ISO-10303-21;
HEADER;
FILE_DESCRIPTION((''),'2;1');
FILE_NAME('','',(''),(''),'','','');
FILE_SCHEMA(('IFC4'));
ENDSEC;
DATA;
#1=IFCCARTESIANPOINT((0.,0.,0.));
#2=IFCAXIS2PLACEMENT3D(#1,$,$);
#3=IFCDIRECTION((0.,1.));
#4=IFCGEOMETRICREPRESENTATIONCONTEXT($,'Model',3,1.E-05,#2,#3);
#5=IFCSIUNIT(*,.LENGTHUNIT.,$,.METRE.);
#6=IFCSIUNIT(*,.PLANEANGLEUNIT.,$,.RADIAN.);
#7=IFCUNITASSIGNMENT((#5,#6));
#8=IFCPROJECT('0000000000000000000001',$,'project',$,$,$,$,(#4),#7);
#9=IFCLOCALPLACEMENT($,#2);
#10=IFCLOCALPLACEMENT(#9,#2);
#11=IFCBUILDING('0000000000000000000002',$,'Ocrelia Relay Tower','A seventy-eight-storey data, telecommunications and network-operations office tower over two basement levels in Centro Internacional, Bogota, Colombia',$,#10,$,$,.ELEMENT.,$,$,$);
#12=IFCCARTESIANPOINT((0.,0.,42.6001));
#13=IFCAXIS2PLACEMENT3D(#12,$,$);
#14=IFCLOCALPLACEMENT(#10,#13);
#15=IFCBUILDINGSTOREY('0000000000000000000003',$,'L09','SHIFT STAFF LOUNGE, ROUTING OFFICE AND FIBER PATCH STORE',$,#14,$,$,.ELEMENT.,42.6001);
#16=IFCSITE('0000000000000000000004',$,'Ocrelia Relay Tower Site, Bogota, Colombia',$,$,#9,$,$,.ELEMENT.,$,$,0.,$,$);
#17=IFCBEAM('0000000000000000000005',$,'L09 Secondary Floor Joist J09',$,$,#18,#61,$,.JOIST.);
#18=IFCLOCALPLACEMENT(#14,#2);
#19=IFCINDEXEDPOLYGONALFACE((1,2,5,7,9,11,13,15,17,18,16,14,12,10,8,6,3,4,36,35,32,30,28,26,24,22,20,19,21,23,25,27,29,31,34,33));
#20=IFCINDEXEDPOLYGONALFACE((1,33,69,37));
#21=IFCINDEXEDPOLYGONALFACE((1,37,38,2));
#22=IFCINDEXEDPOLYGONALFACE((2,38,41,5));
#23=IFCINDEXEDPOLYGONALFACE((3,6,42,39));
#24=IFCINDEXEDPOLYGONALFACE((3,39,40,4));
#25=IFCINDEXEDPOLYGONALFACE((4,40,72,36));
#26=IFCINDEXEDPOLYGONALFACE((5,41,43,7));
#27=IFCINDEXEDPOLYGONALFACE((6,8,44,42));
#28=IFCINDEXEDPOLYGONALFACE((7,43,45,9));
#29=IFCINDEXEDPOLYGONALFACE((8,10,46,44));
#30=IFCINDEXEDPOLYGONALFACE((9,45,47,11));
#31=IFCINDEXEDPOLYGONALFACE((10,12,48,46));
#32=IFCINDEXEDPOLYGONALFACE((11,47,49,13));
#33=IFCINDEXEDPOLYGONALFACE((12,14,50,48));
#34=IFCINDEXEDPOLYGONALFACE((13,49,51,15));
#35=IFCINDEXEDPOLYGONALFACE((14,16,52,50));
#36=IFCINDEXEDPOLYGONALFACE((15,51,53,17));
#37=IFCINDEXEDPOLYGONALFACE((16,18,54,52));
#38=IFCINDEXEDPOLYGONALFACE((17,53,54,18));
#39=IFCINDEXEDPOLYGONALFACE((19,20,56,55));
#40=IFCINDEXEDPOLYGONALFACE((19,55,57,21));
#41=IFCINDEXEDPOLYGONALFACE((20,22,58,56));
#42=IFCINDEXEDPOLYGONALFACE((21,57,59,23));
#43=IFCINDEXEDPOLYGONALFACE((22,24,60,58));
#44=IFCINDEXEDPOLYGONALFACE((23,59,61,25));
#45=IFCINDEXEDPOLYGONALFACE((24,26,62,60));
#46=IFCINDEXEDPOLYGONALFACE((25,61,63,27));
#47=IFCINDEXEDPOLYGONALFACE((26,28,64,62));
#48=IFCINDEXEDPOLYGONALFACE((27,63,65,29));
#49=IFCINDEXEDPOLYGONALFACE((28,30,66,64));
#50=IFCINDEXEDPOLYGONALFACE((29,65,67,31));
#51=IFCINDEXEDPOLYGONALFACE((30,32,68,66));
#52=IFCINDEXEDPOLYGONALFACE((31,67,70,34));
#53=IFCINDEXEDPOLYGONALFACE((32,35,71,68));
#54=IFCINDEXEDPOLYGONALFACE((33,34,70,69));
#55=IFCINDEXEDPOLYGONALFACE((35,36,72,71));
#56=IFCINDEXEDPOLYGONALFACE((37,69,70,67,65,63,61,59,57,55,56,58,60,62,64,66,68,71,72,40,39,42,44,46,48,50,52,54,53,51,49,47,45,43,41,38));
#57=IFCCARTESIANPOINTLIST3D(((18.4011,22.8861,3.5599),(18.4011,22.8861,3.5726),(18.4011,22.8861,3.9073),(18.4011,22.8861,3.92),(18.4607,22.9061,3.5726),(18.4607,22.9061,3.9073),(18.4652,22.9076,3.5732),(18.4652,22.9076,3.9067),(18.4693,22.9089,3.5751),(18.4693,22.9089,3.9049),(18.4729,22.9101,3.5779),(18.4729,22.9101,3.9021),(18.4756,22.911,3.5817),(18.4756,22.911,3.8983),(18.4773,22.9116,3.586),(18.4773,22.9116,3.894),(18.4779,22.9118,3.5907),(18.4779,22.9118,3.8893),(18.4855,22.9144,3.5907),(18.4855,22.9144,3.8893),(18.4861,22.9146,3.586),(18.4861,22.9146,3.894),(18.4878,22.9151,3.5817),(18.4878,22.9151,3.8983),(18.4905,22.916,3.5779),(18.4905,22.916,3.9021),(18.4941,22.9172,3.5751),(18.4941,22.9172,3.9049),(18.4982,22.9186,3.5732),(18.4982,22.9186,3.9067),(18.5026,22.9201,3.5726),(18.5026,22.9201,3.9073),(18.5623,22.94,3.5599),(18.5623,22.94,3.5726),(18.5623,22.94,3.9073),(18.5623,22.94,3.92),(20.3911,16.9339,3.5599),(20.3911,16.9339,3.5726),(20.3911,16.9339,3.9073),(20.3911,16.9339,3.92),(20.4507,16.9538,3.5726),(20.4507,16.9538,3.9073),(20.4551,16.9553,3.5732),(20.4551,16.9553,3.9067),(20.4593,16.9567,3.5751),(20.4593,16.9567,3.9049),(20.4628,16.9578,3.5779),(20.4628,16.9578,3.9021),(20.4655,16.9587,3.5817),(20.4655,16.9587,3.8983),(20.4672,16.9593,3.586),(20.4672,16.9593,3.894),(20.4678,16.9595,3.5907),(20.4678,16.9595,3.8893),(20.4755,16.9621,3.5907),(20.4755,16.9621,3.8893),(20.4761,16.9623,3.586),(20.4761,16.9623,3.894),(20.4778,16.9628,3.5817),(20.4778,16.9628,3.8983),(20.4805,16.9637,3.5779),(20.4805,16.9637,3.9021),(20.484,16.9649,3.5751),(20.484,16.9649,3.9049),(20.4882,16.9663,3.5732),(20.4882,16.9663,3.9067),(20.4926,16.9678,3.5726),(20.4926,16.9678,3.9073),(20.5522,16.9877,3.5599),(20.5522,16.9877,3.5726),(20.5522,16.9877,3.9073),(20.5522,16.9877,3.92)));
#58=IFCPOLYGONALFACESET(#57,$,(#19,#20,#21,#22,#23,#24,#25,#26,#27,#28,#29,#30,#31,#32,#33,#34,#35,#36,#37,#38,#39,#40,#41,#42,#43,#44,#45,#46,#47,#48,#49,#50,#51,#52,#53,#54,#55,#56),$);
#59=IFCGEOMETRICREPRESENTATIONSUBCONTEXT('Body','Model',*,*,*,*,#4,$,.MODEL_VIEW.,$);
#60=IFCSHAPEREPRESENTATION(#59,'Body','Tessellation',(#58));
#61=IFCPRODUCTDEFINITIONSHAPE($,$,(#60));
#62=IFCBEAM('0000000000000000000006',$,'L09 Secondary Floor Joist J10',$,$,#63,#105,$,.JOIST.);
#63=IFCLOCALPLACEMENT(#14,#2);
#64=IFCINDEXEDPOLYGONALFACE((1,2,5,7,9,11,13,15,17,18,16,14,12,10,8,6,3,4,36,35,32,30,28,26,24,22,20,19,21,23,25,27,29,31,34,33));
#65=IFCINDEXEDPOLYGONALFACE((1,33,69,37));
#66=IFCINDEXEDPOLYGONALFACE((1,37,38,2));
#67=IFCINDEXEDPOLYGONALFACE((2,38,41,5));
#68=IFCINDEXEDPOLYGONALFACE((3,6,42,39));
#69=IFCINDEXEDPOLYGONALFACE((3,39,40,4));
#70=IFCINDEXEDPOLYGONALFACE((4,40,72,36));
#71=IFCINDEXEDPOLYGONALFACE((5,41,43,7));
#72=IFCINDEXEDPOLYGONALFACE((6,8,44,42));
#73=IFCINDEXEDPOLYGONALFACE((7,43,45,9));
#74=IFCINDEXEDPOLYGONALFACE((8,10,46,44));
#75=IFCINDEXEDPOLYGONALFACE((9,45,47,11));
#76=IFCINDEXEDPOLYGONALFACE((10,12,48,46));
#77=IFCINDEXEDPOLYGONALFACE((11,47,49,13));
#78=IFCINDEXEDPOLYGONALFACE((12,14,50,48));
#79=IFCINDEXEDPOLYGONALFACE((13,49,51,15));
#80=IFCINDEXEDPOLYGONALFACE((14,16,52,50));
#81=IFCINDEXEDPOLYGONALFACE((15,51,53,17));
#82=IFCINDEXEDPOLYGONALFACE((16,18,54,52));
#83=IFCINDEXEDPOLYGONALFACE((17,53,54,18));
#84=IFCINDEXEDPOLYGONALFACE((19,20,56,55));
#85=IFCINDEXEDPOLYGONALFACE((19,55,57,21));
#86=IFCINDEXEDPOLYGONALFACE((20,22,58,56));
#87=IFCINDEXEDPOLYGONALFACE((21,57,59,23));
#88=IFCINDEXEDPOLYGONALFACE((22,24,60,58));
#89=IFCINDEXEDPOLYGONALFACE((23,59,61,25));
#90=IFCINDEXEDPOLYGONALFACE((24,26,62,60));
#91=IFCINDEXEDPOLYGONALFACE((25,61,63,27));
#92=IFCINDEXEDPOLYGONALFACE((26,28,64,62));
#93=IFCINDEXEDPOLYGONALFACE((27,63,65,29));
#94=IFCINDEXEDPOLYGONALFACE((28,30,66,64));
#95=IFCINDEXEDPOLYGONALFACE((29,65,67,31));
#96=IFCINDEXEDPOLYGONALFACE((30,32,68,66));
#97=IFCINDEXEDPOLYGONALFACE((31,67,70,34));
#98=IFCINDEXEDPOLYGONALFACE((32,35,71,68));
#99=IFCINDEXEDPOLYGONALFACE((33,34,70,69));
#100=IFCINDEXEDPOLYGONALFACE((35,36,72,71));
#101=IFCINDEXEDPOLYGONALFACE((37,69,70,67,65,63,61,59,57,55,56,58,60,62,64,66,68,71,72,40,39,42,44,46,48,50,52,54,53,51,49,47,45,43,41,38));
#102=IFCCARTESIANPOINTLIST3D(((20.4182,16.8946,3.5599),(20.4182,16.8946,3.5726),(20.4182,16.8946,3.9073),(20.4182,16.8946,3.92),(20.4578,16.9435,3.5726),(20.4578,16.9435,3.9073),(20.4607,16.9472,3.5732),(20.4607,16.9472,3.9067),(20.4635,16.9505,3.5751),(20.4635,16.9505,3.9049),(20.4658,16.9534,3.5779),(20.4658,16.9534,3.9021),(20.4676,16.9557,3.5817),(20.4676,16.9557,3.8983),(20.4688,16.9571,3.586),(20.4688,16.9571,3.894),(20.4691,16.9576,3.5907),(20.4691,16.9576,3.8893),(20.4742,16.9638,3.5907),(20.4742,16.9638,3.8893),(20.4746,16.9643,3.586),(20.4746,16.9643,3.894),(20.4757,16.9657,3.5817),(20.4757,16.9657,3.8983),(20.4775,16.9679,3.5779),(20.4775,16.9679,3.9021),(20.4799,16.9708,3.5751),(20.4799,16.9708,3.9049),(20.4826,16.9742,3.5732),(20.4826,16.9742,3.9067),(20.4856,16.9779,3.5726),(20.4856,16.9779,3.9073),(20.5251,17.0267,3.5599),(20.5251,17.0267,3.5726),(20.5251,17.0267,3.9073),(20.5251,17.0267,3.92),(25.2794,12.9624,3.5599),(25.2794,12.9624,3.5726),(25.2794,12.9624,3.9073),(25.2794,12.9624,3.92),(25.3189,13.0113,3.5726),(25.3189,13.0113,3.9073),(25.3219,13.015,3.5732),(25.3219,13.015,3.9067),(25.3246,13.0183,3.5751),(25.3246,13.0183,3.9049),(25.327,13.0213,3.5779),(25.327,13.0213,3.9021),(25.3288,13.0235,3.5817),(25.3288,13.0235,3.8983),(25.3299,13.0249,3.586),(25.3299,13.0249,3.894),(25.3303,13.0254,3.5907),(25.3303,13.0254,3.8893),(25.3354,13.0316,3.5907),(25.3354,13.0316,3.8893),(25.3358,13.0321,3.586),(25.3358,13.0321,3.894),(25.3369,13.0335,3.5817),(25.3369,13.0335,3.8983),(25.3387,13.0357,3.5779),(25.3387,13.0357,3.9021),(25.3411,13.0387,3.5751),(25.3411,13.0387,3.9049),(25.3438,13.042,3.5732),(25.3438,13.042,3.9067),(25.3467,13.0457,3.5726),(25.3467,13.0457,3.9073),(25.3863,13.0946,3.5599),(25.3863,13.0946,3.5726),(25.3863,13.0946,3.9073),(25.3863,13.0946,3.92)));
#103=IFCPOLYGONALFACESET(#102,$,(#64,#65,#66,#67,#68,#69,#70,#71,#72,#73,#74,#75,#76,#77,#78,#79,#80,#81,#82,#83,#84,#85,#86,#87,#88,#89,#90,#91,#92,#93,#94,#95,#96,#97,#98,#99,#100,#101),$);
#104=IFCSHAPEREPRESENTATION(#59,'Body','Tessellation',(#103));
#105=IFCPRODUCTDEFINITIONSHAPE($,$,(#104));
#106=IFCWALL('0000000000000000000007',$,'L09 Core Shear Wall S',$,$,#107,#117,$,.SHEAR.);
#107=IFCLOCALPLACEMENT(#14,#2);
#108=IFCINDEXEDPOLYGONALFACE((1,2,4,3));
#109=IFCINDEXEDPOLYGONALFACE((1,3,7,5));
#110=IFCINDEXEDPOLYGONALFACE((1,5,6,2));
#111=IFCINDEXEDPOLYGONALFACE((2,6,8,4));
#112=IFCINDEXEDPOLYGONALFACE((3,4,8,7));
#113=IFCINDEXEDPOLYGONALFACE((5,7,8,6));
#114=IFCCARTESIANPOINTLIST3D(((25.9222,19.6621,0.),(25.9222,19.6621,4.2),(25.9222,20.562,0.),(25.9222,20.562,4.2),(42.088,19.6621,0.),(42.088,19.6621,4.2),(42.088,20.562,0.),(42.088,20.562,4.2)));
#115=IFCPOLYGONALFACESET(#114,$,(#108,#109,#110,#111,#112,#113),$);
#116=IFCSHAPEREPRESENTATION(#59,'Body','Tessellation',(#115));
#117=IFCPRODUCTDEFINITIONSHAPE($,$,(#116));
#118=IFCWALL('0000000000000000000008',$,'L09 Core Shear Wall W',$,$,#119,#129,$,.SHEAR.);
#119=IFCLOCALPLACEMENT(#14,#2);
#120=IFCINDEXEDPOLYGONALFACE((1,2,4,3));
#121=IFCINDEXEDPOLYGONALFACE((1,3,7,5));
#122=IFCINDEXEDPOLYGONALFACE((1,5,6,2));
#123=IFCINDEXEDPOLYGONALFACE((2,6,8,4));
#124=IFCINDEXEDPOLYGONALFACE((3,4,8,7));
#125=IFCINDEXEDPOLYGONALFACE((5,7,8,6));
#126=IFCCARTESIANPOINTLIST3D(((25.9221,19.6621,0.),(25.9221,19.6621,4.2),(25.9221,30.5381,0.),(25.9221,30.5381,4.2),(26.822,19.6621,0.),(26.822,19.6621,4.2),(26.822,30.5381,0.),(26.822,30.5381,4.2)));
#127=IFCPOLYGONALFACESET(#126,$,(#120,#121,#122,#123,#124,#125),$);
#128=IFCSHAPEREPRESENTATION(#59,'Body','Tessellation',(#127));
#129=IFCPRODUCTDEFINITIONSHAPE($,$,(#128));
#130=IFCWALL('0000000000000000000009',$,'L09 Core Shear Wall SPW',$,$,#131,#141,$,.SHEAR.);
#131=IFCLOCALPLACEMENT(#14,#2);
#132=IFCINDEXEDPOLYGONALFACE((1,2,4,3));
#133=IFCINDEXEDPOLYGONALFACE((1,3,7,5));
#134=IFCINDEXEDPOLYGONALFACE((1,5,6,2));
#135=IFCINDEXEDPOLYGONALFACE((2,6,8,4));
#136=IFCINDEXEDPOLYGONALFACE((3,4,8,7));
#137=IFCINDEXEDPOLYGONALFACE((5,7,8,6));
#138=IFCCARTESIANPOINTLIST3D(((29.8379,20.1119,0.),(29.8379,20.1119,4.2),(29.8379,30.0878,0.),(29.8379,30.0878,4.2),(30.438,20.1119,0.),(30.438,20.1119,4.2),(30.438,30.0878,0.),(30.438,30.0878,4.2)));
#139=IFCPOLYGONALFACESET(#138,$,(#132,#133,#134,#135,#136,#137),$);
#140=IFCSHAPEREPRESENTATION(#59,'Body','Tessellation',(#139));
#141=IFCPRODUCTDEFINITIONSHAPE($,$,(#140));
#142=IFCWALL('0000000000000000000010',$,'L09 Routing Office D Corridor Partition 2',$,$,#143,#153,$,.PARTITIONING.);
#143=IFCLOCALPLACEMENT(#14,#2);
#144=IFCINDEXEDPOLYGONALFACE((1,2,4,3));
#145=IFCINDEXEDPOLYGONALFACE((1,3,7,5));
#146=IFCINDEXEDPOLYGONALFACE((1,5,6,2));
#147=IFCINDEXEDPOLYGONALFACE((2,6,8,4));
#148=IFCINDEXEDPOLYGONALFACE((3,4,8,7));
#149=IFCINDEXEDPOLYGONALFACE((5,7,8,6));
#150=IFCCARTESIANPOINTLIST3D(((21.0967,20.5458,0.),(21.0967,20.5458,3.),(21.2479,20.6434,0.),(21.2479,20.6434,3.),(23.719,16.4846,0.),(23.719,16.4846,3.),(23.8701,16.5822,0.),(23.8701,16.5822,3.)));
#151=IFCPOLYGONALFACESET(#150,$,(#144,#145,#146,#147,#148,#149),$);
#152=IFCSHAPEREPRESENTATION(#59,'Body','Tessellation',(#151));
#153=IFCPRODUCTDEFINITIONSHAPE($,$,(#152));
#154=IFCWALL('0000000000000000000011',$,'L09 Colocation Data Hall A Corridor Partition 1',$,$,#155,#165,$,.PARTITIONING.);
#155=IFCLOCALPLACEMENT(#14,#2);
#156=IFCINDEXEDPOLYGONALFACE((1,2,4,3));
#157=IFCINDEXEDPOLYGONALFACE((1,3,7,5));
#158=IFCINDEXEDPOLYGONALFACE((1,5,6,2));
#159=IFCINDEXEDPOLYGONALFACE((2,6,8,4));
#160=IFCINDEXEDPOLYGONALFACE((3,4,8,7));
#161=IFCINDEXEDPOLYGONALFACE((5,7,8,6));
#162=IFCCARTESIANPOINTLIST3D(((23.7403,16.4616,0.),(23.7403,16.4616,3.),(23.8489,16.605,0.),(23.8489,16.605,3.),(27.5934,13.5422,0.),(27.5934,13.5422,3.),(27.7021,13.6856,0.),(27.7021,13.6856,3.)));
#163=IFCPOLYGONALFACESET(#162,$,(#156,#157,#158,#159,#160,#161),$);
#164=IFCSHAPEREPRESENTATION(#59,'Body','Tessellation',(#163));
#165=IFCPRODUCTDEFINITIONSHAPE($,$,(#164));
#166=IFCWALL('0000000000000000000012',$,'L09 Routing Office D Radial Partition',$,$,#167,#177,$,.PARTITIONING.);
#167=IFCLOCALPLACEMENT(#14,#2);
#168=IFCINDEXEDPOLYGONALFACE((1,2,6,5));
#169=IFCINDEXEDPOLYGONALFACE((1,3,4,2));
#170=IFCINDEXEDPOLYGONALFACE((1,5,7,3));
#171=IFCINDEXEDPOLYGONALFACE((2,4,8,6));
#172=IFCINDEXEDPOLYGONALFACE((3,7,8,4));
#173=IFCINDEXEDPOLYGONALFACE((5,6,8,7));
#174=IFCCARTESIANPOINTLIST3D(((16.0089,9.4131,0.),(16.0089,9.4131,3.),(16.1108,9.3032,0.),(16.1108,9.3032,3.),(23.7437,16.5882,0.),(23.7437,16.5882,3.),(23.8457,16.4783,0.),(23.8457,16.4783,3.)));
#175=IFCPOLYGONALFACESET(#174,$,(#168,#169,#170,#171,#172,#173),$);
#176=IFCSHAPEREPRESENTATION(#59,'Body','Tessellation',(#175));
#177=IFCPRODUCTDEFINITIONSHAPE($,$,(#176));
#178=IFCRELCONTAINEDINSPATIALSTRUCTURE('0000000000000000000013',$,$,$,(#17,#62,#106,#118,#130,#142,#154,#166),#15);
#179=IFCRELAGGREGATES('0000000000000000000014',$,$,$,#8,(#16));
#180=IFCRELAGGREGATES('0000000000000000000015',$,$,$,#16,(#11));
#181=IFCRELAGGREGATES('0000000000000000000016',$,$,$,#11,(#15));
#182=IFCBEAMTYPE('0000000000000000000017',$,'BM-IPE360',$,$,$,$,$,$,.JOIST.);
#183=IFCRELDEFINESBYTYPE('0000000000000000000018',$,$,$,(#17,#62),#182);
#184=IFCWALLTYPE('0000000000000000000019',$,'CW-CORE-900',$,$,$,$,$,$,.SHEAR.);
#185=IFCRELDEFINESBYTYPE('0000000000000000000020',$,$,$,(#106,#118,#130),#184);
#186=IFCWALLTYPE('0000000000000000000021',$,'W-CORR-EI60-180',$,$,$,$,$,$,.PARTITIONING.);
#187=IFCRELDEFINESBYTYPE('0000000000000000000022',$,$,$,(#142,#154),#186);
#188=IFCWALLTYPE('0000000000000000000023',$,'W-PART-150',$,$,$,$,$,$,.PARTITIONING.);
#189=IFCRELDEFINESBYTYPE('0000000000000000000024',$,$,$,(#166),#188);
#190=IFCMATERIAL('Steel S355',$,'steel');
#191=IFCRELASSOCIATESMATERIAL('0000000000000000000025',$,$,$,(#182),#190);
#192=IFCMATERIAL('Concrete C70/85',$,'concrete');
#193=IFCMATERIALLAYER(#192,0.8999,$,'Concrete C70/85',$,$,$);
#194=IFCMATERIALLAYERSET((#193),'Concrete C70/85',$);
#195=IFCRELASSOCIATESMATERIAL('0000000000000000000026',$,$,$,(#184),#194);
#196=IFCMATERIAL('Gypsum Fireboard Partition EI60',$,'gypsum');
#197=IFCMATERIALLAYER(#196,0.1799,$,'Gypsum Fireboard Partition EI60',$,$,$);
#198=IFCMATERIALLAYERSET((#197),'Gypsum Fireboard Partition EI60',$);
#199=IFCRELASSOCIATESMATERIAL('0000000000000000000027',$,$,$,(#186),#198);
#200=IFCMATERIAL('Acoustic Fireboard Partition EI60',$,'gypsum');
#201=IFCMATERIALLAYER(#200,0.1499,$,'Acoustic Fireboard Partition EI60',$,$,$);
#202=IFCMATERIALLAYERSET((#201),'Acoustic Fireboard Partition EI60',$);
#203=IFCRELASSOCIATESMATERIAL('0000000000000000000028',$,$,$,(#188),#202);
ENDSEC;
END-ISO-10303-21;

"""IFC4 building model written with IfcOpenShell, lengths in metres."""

from ifc_helpers import new_model, si_unit, direction, frame, frame_2d, origin, origin_2d, place, context, subcontext, project, spatial, rectangle, i_section, extrude, material, layer, layer_set, material_profile, profile_set, type_object, element, save


model = new_model("IFC4")

# Units and contexts
model_context = context("Model", 3, precision=1e-05, world=origin(), true_north=direction((0.0, 1.0)))
body_context = subcontext(model_context, "Body", "Model", "MODEL_VIEW")
ifc_project = project(units=[si_unit("LENGTHUNIT", "METRE"), si_unit("PLANEANGLEUNIT", "RADIAN")], contexts=[model_context])

# Site, building, storey
site_placement = place(None, origin())
site = spatial("IfcSite", under=ifc_project, at=site_placement, Name="Ocrelia Relay Tower Site, Bogota, Colombia", CompositionType="ELEMENT", RefElevation=0.0)
building_placement = place(site_placement, origin())
building = spatial("IfcBuilding", under=site, at=building_placement, Name="Ocrelia Relay Tower", Description="A seventy-eight-storey data, telecommunications and network-operations office tower over two basement levels in Centro Internacional, Bogota, Colombia", CompositionType="ELEMENT")
storey_placement = place(building_placement, frame((0.0, 0.0, 42.6001)))
storey = spatial("IfcBuildingStorey", under=building, at=storey_placement, Name="L09", Description="SHIFT STAFF LOUNGE, ROUTING OFFICE AND FIBER PATCH STORE", CompositionType="ELEMENT", Elevation=42.6001)

# Shared definitions
ifc_material_1 = material(Name="Concrete C70/85", Category="concrete")

# Beams
ifc_material_2 = material(Name="Steel S355", Category="steel")
ifc_material_profile_1 = material_profile(ifc_material_2, i_section(OverallWidth=0.1699, OverallDepth=0.3601, WebThickness=0.0081, FlangeThickness=0.0127, FilletRadius=0.0181, at=origin_2d()), Name="IPE 360")
ifc_profile_set_1 = profile_set([ifc_material_profile_1], Name="Steel S355")
beam_type_1 = type_object("IfcBeamType", Name="BM-IPE360", PredefinedType="JOIST", material=ifc_profile_set_1)
beam_1_placement = place(storey_placement, frame((18.4817, 22.9131, 3.74), z_axis=(0.317068, -0.948403, 0.0), x_axis=(0.948403, 0.317068, 0.0)))
element("IfcBeam", 1, at=beam_1_placement, inside=storey, type_object=beam_type_1, Name="L09 Secondary Floor Joist J09", PredefinedType="JOIST", context=body_context, shape_type="SweptSolid", body=[
    extrude(i_section(OverallWidth=0.1699, OverallDepth=0.3601, WebThickness=0.0081, FlangeThickness=0.0127, FilletRadius=0.0181, at=origin_2d()), origin(), (0.0, 0.0, 1.0), 6.2761),
])
beam_2_placement = place(storey_placement, frame((20.4717, 16.9607, 3.74), z_axis=(0.777482, -0.628905, 0.0), x_axis=(0.628905, 0.777482, 0.0)))
element("IfcBeam", 2, at=beam_2_placement, inside=storey, type_object=beam_type_1, Name="L09 Secondary Floor Joist J10", PredefinedType="JOIST", context=body_context, shape_type="SweptSolid", body=[
    extrude(i_section(OverallWidth=0.1699, OverallDepth=0.3601, WebThickness=0.0081, FlangeThickness=0.0127, FilletRadius=0.0181, at=origin_2d()), origin(), (0.0, 0.0, 1.0), 6.2524),
])

# Walls
ifc_layer_1 = layer(ifc_material_1, 0.8999, Name="Concrete C70/85")
ifc_layer_set_1 = layer_set([ifc_layer_1], Name="Concrete C70/85")
wall_type_1 = type_object("IfcWallType", Name="CW-CORE-900", PredefinedType="SHEAR", material=ifc_layer_set_1)
wall_1_placement = place(storey_placement, frame((25.9221, 20.1121, 0.0), z_axis=(0.0, 0.0, 1.0), x_axis=(1.0, 0.0, 0.0)))
element("IfcWall", 3, at=wall_1_placement, inside=storey, type_object=wall_type_1, Name="L09 Core Shear Wall S", PredefinedType="SHEAR", context=body_context, shape_type="SweptSolid", body=[
    extrude(rectangle(XDim=16.1658, YDim=0.8999, at=frame_2d((8.083, 0.0))), origin(), (0.0, 0.0, 1.0), 4.2),
])
wall_2_placement = place(storey_placement, frame((26.3721, 19.6621, 0.0), z_axis=(0.0, 0.0, 1.0), x_axis=(0.0, 1.0, 0.0)))
element("IfcWall", 4, at=wall_2_placement, inside=storey, type_object=wall_type_1, Name="L09 Core Shear Wall W", PredefinedType="SHEAR", context=body_context, shape_type="SweptSolid", body=[
    extrude(rectangle(XDim=10.876, YDim=0.8999, at=frame_2d((5.438, 0.0))), origin(), (0.0, 0.0, 1.0), 4.2),
])
wall_3_placement = place(storey_placement, frame((30.1379, 20.1121, 0.0), z_axis=(0.0, 0.0, 1.0), x_axis=(0.0, 1.0, 0.0)))
element("IfcWall", 5, at=wall_3_placement, inside=storey, type_object=wall_type_1, Name="L09 Core Shear Wall SPW", PredefinedType="SHEAR", context=body_context, shape_type="SweptSolid", body=[
    extrude(rectangle(XDim=9.9758, YDim=0.6001, at=frame_2d((4.9878, 0.0))), origin(), (0.0, 0.0, 1.0), 4.2),
])
ifc_material_3 = material(Name="Gypsum Fireboard Partition EI60", Category="gypsum")
ifc_layer_2 = layer(ifc_material_3, 0.1799, Name="Gypsum Fireboard Partition EI60")
ifc_layer_set_2 = layer_set([ifc_layer_2], Name="Gypsum Fireboard Partition EI60")
wall_type_2 = type_object("IfcWallType", Name="W-CORR-EI60-180", PredefinedType="PARTITIONING", material=ifc_layer_set_2)
for number, where, z_axis, x_axis, name in (
    (6, (21.1724, 20.5945, 0.0), (0.0, 0.0, 1.0), (0.542439, -0.840095, 0.0), "L09 Routing Office D Corridor Partition 2"),
    (7, (23.7947, 16.5332, 0.0), (0.0, 0.0, 1.0), (0.797063, -0.603896, 0.0), "L09 Colocation Data Hall A Corridor Partition 1"),
):
    element("IfcWall", number, at=place(storey_placement, frame(where, z_axis=z_axis, x_axis=x_axis)), inside=storey, type_object=wall_type_2, Name=name, PredefinedType="PARTITIONING", context=body_context, shape_type="SweptSolid", body=[
        extrude(rectangle(XDim=4.8342, YDim=0.1799, at=frame_2d((2.417, 0.0))), origin(), (0.0, 0.0, 1.0), 3.0),
    ])
ifc_material_4 = material(Name="Acoustic Fireboard Partition EI60", Category="gypsum")
ifc_layer_3 = layer(ifc_material_4, 0.1499, Name="Acoustic Fireboard Partition EI60")
ifc_layer_set_3 = layer_set([ifc_layer_3], Name="Acoustic Fireboard Partition EI60")
wall_type_3 = type_object("IfcWallType", Name="W-PART-150", PredefinedType="PARTITIONING", material=ifc_layer_set_3)
wall_4_placement = place(storey_placement, frame((23.7947, 16.5332, 0.0), z_axis=(0.0, 0.0, 1.0), x_axis=(-0.73314, -0.680078, 0.0)))
element("IfcWall", 8, at=wall_4_placement, inside=storey, type_object=wall_type_3, Name="L09 Routing Office D Radial Partition", PredefinedType="PARTITIONING", context=body_context, shape_type="SweptSolid", body=[
    extrude(rectangle(XDim=10.5503, YDim=0.1499, at=frame_2d((5.2751, 0.0))), origin(), (0.0, 0.0, 1.0), 3.0),
])

save(model, "model.ifc")
